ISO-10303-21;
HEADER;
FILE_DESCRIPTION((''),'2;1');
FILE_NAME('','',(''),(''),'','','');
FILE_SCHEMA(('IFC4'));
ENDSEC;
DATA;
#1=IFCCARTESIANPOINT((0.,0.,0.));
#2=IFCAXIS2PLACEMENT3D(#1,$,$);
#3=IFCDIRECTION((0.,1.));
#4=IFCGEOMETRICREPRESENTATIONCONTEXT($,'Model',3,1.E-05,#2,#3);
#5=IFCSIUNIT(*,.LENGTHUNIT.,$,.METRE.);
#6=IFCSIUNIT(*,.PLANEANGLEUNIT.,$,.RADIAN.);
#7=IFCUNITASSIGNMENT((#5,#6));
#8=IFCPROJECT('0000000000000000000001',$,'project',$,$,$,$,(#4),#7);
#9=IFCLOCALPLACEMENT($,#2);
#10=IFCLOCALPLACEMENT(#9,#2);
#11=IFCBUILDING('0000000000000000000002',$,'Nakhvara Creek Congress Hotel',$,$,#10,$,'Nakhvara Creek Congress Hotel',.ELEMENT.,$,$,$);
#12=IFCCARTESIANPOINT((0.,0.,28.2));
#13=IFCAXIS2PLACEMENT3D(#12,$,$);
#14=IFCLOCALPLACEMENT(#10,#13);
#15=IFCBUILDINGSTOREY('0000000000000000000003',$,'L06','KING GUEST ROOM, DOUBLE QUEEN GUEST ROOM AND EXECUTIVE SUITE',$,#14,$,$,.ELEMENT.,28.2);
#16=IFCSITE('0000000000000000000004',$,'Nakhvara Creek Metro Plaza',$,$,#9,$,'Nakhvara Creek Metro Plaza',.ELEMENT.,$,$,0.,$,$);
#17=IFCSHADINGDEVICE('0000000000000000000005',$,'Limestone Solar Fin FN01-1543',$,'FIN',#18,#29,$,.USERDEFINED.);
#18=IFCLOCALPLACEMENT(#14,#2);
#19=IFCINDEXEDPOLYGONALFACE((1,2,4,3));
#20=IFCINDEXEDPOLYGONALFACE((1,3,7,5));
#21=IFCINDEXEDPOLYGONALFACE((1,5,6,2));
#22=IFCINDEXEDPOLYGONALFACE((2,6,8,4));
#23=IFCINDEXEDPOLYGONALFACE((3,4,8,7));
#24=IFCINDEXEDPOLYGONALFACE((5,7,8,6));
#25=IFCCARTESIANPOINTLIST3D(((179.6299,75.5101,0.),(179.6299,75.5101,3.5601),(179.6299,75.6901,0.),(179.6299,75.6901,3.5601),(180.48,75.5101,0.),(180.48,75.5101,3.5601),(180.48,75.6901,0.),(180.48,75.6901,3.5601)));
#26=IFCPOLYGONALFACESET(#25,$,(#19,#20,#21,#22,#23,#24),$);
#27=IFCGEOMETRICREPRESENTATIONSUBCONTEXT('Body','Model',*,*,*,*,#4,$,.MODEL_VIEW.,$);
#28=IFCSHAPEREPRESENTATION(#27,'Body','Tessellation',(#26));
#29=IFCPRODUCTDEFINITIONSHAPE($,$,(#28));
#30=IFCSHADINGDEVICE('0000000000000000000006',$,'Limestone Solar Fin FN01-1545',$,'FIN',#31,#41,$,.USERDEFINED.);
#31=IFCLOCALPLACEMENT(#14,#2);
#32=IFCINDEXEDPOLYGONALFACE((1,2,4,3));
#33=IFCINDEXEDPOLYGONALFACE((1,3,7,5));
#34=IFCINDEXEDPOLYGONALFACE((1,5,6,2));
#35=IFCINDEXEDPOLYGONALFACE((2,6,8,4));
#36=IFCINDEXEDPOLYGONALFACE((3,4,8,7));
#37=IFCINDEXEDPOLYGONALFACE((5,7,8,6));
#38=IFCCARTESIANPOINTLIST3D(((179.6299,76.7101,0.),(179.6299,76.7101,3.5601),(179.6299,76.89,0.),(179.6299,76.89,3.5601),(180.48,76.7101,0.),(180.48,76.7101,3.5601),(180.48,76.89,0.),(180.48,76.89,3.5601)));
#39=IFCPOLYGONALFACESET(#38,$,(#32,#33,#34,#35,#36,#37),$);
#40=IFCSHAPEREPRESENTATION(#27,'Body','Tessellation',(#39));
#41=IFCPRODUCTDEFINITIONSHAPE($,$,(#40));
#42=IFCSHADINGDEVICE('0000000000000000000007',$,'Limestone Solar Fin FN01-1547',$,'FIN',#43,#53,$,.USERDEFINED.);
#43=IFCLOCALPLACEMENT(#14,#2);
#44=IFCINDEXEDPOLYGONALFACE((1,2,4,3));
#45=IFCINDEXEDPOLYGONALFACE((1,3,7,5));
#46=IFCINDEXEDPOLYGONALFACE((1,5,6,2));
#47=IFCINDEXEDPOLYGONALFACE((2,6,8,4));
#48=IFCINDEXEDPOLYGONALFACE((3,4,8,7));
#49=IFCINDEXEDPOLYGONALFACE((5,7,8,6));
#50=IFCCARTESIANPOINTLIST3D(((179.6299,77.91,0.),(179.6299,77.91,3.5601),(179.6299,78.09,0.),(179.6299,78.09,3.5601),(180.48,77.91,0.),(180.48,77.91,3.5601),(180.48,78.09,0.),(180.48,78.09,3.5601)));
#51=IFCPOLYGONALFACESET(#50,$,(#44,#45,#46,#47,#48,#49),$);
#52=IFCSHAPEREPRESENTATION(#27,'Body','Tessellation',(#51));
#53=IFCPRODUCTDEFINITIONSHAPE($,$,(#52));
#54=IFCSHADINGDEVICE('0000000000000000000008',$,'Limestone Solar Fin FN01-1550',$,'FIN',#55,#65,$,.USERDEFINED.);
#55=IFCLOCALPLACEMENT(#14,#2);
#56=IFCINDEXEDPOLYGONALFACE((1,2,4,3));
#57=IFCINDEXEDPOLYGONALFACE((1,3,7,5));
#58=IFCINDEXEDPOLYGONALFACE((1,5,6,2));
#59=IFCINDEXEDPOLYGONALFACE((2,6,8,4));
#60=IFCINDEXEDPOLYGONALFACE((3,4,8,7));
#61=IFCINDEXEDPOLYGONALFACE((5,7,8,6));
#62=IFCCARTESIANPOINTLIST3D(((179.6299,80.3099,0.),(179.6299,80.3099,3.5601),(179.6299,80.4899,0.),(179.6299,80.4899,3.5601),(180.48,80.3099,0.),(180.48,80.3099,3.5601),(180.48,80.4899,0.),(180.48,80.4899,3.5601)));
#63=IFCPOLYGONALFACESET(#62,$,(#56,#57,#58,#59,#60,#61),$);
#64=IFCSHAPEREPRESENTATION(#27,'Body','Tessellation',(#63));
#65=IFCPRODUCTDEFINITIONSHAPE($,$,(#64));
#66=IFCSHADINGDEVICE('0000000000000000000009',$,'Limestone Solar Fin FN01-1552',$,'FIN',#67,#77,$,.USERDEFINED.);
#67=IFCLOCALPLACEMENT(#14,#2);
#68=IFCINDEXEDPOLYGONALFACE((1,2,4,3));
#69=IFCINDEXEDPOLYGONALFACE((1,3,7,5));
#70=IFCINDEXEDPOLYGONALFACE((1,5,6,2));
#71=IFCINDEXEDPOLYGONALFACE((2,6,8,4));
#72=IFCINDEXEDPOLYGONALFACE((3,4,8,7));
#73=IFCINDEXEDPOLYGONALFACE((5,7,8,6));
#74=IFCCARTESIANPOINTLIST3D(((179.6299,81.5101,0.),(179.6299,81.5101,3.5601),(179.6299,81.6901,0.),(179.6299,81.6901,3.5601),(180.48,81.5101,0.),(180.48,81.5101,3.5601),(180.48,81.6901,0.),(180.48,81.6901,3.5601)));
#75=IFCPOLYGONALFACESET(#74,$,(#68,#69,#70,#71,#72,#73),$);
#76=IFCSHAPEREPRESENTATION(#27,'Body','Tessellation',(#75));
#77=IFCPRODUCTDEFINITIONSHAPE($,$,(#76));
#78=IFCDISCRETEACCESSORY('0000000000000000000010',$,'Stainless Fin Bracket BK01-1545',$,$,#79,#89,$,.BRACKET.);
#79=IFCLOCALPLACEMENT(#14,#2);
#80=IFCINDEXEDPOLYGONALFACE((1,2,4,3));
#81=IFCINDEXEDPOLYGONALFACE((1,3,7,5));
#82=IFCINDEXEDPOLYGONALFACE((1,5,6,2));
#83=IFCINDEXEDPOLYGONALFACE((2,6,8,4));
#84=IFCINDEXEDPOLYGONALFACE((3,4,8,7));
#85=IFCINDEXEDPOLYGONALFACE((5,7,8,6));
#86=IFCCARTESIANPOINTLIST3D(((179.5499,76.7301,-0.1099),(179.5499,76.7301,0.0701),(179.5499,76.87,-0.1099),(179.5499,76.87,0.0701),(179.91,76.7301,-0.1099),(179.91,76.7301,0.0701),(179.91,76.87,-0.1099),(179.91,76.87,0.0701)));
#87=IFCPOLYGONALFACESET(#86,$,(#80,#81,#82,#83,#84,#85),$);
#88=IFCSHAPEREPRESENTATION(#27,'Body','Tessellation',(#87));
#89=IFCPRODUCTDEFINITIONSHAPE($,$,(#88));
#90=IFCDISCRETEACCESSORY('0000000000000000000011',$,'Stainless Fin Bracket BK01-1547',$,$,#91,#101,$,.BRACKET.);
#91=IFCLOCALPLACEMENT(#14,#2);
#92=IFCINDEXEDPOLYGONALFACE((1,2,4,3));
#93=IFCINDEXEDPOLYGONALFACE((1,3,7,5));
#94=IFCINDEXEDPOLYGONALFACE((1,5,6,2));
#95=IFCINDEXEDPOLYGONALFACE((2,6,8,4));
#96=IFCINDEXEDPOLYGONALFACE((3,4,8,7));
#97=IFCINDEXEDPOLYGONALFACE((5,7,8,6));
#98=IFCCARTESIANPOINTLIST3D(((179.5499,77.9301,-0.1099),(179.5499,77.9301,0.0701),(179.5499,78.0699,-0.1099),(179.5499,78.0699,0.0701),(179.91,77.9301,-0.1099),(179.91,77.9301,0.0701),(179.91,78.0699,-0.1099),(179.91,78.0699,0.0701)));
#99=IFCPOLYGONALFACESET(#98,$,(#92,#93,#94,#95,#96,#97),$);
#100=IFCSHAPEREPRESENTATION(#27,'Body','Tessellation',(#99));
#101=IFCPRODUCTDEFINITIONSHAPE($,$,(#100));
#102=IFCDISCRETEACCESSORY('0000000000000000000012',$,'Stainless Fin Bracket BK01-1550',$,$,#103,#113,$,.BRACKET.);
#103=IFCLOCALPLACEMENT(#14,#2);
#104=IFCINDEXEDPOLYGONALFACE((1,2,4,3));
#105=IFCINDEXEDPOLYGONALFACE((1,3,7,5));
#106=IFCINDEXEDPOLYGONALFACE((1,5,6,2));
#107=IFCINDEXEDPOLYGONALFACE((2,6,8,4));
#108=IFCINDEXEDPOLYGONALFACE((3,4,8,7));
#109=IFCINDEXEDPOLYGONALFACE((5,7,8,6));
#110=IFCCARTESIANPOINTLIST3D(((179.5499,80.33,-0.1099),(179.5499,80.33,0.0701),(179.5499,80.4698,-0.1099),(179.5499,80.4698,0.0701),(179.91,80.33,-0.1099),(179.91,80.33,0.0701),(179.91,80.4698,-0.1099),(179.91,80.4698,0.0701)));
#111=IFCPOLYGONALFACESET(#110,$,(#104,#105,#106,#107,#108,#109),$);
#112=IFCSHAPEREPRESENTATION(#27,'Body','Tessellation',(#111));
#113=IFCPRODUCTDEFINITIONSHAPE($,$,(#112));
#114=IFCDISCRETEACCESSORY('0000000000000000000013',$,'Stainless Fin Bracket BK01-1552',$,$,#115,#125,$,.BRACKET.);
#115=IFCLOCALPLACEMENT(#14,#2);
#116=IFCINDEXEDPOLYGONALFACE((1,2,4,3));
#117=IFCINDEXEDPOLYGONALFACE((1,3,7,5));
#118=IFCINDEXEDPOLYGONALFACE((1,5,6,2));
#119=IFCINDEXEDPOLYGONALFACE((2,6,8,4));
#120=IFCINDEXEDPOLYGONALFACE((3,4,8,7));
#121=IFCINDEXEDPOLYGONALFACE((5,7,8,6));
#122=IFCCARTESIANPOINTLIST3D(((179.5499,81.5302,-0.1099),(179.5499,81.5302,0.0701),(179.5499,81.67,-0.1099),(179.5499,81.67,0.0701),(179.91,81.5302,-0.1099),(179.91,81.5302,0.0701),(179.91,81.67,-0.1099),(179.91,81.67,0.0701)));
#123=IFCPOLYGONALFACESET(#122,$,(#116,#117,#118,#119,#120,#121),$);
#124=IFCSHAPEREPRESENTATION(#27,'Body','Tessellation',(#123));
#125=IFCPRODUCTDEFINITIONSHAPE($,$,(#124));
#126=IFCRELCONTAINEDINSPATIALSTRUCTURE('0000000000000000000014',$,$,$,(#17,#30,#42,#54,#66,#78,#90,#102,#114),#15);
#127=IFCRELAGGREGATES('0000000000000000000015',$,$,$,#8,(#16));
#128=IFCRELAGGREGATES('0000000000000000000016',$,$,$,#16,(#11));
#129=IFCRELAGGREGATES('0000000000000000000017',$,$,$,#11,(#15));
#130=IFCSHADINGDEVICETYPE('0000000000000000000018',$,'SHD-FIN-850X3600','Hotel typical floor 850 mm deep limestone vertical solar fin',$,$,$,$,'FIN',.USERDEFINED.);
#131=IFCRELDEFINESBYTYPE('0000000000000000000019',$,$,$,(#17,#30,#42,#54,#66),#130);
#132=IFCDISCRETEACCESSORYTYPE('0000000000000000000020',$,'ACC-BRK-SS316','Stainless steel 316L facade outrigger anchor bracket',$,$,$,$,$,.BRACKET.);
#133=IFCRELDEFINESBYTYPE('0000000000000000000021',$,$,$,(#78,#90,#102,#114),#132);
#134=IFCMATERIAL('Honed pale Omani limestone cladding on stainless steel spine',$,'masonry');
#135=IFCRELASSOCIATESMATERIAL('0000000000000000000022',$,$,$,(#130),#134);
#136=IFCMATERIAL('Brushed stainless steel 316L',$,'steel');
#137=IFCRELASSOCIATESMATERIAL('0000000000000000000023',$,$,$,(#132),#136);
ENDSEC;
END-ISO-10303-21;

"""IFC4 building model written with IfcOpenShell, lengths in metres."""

from ifc_helpers import new_model, si_unit, direction, frame, origin, origin_2d, place, context, subcontext, project, spatial, rectangle, extrude, material, type_object, element, save


model = new_model("IFC4")

# Units and contexts
model_context = context("Model", 3, precision=1e-05, world=origin(), true_north=direction((0.0, 1.0)))
body_context = subcontext(model_context, "Body", "Model", "MODEL_VIEW")
ifc_project = project(units=[si_unit("LENGTHUNIT", "METRE"), si_unit("PLANEANGLEUNIT", "RADIAN")], contexts=[model_context])

# Site, building, storey
site_placement = place(None, origin())
site = spatial("IfcSite", under=ifc_project, at=site_placement, Name="Nakhvara Creek Metro Plaza", LongName="Nakhvara Creek Metro Plaza", CompositionType="ELEMENT", RefElevation=0.0)
building_placement = place(site_placement, origin())
building = spatial("IfcBuilding", under=site, at=building_placement, Name="Nakhvara Creek Congress Hotel", LongName="Nakhvara Creek Congress Hotel", CompositionType="ELEMENT")
storey_placement = place(building_placement, frame((0.0, 0.0, 28.2)))
storey = spatial("IfcBuildingStorey", under=building, at=storey_placement, Name="L06", Description="KING GUEST ROOM, DOUBLE QUEEN GUEST ROOM AND EXECUTIVE SUITE", CompositionType="ELEMENT", Elevation=28.2)

# Shading devices
ifc_material_1 = material(Name="Honed pale Omani limestone cladding on stainless steel spine", Category="masonry")
shading_device_type = type_object("IfcShadingDeviceType", Name="SHD-FIN-850X3600", Description="Hotel typical floor 850 mm deep limestone vertical solar fin", ElementType="FIN", PredefinedType="USERDEFINED", material=ifc_material_1)
for number, where, z_axis, x_axis, name in (
    (1, (180.0549, 75.6001, 0.0), (0.0, 0.0, 1.0), (0.0, 1.0, 0.0), "Limestone Solar Fin FN01-1543"),
    (2, (180.0549, 76.8, 0.0), (0.0, 0.0, 1.0), (0.0, 1.0, 0.0), "Limestone Solar Fin FN01-1545"),
    (3, (180.0549, 78.0, 0.0), (0.0, 0.0, 1.0), (0.0, 1.0, 0.0), "Limestone Solar Fin FN01-1547"),
    (4, (180.0549, 80.3999, 0.0), (0.0, 0.0, 1.0), (0.0, 1.0, 0.0), "Limestone Solar Fin FN01-1550"),
    (5, (180.0549, 81.6001, 0.0), (0.0, 0.0, 1.0), (0.0, 1.0, 0.0), "Limestone Solar Fin FN01-1552"),
):
    element("IfcShadingDevice", number, at=place(storey_placement, frame(where, z_axis=z_axis, x_axis=x_axis)), inside=storey, type_object=shading_device_type, Name=name, ObjectType="FIN", PredefinedType="USERDEFINED", context=body_context, shape_type="SweptSolid", body=[
        extrude(rectangle(XDim=0.1799, YDim=0.8501, at=origin_2d()), origin(), (0.0, 0.0, 1.0), 3.5601),
    ])

# Discrete accessories
ifc_material_2 = material(Name="Brushed stainless steel 316L", Category="steel")
discrete_accessory_type = type_object("IfcDiscreteAccessoryType", Name="ACC-BRK-SS316", Description="Stainless steel 316L facade outrigger anchor bracket", PredefinedType="BRACKET", material=ifc_material_2)
for number, where, z_axis, x_axis, name in (
    (6, (179.73, 76.8, -0.1099), (0.0, 0.0, 1.0), (0.0, 1.0, 0.0), "Stainless Fin Bracket BK01-1545"),
    (7, (179.73, 78.0, -0.1099), (0.0, 0.0, 1.0), (0.0, 1.0, 0.0), "Stainless Fin Bracket BK01-1547"),
    (8, (179.73, 80.3999, -0.1099), (0.0, 0.0, 1.0), (0.0, 1.0, 0.0), "Stainless Fin Bracket BK01-1550"),
    (9, (179.73, 81.6001, -0.1099), (0.0, 0.0, 1.0), (0.0, 1.0, 0.0), "Stainless Fin Bracket BK01-1552"),
):
    element("IfcDiscreteAccessory", number, at=place(storey_placement, frame(where, z_axis=z_axis, x_axis=x_axis)), inside=storey, type_object=discrete_accessory_type, Name=name, PredefinedType="BRACKET", context=body_context, shape_type="SweptSolid", body=[
        extrude(rectangle(XDim=0.1399, YDim=0.3601, at=origin_2d()), origin(), (0.0, 0.0, 1.0), 0.1799),
    ])

save(model, "model.ifc")
